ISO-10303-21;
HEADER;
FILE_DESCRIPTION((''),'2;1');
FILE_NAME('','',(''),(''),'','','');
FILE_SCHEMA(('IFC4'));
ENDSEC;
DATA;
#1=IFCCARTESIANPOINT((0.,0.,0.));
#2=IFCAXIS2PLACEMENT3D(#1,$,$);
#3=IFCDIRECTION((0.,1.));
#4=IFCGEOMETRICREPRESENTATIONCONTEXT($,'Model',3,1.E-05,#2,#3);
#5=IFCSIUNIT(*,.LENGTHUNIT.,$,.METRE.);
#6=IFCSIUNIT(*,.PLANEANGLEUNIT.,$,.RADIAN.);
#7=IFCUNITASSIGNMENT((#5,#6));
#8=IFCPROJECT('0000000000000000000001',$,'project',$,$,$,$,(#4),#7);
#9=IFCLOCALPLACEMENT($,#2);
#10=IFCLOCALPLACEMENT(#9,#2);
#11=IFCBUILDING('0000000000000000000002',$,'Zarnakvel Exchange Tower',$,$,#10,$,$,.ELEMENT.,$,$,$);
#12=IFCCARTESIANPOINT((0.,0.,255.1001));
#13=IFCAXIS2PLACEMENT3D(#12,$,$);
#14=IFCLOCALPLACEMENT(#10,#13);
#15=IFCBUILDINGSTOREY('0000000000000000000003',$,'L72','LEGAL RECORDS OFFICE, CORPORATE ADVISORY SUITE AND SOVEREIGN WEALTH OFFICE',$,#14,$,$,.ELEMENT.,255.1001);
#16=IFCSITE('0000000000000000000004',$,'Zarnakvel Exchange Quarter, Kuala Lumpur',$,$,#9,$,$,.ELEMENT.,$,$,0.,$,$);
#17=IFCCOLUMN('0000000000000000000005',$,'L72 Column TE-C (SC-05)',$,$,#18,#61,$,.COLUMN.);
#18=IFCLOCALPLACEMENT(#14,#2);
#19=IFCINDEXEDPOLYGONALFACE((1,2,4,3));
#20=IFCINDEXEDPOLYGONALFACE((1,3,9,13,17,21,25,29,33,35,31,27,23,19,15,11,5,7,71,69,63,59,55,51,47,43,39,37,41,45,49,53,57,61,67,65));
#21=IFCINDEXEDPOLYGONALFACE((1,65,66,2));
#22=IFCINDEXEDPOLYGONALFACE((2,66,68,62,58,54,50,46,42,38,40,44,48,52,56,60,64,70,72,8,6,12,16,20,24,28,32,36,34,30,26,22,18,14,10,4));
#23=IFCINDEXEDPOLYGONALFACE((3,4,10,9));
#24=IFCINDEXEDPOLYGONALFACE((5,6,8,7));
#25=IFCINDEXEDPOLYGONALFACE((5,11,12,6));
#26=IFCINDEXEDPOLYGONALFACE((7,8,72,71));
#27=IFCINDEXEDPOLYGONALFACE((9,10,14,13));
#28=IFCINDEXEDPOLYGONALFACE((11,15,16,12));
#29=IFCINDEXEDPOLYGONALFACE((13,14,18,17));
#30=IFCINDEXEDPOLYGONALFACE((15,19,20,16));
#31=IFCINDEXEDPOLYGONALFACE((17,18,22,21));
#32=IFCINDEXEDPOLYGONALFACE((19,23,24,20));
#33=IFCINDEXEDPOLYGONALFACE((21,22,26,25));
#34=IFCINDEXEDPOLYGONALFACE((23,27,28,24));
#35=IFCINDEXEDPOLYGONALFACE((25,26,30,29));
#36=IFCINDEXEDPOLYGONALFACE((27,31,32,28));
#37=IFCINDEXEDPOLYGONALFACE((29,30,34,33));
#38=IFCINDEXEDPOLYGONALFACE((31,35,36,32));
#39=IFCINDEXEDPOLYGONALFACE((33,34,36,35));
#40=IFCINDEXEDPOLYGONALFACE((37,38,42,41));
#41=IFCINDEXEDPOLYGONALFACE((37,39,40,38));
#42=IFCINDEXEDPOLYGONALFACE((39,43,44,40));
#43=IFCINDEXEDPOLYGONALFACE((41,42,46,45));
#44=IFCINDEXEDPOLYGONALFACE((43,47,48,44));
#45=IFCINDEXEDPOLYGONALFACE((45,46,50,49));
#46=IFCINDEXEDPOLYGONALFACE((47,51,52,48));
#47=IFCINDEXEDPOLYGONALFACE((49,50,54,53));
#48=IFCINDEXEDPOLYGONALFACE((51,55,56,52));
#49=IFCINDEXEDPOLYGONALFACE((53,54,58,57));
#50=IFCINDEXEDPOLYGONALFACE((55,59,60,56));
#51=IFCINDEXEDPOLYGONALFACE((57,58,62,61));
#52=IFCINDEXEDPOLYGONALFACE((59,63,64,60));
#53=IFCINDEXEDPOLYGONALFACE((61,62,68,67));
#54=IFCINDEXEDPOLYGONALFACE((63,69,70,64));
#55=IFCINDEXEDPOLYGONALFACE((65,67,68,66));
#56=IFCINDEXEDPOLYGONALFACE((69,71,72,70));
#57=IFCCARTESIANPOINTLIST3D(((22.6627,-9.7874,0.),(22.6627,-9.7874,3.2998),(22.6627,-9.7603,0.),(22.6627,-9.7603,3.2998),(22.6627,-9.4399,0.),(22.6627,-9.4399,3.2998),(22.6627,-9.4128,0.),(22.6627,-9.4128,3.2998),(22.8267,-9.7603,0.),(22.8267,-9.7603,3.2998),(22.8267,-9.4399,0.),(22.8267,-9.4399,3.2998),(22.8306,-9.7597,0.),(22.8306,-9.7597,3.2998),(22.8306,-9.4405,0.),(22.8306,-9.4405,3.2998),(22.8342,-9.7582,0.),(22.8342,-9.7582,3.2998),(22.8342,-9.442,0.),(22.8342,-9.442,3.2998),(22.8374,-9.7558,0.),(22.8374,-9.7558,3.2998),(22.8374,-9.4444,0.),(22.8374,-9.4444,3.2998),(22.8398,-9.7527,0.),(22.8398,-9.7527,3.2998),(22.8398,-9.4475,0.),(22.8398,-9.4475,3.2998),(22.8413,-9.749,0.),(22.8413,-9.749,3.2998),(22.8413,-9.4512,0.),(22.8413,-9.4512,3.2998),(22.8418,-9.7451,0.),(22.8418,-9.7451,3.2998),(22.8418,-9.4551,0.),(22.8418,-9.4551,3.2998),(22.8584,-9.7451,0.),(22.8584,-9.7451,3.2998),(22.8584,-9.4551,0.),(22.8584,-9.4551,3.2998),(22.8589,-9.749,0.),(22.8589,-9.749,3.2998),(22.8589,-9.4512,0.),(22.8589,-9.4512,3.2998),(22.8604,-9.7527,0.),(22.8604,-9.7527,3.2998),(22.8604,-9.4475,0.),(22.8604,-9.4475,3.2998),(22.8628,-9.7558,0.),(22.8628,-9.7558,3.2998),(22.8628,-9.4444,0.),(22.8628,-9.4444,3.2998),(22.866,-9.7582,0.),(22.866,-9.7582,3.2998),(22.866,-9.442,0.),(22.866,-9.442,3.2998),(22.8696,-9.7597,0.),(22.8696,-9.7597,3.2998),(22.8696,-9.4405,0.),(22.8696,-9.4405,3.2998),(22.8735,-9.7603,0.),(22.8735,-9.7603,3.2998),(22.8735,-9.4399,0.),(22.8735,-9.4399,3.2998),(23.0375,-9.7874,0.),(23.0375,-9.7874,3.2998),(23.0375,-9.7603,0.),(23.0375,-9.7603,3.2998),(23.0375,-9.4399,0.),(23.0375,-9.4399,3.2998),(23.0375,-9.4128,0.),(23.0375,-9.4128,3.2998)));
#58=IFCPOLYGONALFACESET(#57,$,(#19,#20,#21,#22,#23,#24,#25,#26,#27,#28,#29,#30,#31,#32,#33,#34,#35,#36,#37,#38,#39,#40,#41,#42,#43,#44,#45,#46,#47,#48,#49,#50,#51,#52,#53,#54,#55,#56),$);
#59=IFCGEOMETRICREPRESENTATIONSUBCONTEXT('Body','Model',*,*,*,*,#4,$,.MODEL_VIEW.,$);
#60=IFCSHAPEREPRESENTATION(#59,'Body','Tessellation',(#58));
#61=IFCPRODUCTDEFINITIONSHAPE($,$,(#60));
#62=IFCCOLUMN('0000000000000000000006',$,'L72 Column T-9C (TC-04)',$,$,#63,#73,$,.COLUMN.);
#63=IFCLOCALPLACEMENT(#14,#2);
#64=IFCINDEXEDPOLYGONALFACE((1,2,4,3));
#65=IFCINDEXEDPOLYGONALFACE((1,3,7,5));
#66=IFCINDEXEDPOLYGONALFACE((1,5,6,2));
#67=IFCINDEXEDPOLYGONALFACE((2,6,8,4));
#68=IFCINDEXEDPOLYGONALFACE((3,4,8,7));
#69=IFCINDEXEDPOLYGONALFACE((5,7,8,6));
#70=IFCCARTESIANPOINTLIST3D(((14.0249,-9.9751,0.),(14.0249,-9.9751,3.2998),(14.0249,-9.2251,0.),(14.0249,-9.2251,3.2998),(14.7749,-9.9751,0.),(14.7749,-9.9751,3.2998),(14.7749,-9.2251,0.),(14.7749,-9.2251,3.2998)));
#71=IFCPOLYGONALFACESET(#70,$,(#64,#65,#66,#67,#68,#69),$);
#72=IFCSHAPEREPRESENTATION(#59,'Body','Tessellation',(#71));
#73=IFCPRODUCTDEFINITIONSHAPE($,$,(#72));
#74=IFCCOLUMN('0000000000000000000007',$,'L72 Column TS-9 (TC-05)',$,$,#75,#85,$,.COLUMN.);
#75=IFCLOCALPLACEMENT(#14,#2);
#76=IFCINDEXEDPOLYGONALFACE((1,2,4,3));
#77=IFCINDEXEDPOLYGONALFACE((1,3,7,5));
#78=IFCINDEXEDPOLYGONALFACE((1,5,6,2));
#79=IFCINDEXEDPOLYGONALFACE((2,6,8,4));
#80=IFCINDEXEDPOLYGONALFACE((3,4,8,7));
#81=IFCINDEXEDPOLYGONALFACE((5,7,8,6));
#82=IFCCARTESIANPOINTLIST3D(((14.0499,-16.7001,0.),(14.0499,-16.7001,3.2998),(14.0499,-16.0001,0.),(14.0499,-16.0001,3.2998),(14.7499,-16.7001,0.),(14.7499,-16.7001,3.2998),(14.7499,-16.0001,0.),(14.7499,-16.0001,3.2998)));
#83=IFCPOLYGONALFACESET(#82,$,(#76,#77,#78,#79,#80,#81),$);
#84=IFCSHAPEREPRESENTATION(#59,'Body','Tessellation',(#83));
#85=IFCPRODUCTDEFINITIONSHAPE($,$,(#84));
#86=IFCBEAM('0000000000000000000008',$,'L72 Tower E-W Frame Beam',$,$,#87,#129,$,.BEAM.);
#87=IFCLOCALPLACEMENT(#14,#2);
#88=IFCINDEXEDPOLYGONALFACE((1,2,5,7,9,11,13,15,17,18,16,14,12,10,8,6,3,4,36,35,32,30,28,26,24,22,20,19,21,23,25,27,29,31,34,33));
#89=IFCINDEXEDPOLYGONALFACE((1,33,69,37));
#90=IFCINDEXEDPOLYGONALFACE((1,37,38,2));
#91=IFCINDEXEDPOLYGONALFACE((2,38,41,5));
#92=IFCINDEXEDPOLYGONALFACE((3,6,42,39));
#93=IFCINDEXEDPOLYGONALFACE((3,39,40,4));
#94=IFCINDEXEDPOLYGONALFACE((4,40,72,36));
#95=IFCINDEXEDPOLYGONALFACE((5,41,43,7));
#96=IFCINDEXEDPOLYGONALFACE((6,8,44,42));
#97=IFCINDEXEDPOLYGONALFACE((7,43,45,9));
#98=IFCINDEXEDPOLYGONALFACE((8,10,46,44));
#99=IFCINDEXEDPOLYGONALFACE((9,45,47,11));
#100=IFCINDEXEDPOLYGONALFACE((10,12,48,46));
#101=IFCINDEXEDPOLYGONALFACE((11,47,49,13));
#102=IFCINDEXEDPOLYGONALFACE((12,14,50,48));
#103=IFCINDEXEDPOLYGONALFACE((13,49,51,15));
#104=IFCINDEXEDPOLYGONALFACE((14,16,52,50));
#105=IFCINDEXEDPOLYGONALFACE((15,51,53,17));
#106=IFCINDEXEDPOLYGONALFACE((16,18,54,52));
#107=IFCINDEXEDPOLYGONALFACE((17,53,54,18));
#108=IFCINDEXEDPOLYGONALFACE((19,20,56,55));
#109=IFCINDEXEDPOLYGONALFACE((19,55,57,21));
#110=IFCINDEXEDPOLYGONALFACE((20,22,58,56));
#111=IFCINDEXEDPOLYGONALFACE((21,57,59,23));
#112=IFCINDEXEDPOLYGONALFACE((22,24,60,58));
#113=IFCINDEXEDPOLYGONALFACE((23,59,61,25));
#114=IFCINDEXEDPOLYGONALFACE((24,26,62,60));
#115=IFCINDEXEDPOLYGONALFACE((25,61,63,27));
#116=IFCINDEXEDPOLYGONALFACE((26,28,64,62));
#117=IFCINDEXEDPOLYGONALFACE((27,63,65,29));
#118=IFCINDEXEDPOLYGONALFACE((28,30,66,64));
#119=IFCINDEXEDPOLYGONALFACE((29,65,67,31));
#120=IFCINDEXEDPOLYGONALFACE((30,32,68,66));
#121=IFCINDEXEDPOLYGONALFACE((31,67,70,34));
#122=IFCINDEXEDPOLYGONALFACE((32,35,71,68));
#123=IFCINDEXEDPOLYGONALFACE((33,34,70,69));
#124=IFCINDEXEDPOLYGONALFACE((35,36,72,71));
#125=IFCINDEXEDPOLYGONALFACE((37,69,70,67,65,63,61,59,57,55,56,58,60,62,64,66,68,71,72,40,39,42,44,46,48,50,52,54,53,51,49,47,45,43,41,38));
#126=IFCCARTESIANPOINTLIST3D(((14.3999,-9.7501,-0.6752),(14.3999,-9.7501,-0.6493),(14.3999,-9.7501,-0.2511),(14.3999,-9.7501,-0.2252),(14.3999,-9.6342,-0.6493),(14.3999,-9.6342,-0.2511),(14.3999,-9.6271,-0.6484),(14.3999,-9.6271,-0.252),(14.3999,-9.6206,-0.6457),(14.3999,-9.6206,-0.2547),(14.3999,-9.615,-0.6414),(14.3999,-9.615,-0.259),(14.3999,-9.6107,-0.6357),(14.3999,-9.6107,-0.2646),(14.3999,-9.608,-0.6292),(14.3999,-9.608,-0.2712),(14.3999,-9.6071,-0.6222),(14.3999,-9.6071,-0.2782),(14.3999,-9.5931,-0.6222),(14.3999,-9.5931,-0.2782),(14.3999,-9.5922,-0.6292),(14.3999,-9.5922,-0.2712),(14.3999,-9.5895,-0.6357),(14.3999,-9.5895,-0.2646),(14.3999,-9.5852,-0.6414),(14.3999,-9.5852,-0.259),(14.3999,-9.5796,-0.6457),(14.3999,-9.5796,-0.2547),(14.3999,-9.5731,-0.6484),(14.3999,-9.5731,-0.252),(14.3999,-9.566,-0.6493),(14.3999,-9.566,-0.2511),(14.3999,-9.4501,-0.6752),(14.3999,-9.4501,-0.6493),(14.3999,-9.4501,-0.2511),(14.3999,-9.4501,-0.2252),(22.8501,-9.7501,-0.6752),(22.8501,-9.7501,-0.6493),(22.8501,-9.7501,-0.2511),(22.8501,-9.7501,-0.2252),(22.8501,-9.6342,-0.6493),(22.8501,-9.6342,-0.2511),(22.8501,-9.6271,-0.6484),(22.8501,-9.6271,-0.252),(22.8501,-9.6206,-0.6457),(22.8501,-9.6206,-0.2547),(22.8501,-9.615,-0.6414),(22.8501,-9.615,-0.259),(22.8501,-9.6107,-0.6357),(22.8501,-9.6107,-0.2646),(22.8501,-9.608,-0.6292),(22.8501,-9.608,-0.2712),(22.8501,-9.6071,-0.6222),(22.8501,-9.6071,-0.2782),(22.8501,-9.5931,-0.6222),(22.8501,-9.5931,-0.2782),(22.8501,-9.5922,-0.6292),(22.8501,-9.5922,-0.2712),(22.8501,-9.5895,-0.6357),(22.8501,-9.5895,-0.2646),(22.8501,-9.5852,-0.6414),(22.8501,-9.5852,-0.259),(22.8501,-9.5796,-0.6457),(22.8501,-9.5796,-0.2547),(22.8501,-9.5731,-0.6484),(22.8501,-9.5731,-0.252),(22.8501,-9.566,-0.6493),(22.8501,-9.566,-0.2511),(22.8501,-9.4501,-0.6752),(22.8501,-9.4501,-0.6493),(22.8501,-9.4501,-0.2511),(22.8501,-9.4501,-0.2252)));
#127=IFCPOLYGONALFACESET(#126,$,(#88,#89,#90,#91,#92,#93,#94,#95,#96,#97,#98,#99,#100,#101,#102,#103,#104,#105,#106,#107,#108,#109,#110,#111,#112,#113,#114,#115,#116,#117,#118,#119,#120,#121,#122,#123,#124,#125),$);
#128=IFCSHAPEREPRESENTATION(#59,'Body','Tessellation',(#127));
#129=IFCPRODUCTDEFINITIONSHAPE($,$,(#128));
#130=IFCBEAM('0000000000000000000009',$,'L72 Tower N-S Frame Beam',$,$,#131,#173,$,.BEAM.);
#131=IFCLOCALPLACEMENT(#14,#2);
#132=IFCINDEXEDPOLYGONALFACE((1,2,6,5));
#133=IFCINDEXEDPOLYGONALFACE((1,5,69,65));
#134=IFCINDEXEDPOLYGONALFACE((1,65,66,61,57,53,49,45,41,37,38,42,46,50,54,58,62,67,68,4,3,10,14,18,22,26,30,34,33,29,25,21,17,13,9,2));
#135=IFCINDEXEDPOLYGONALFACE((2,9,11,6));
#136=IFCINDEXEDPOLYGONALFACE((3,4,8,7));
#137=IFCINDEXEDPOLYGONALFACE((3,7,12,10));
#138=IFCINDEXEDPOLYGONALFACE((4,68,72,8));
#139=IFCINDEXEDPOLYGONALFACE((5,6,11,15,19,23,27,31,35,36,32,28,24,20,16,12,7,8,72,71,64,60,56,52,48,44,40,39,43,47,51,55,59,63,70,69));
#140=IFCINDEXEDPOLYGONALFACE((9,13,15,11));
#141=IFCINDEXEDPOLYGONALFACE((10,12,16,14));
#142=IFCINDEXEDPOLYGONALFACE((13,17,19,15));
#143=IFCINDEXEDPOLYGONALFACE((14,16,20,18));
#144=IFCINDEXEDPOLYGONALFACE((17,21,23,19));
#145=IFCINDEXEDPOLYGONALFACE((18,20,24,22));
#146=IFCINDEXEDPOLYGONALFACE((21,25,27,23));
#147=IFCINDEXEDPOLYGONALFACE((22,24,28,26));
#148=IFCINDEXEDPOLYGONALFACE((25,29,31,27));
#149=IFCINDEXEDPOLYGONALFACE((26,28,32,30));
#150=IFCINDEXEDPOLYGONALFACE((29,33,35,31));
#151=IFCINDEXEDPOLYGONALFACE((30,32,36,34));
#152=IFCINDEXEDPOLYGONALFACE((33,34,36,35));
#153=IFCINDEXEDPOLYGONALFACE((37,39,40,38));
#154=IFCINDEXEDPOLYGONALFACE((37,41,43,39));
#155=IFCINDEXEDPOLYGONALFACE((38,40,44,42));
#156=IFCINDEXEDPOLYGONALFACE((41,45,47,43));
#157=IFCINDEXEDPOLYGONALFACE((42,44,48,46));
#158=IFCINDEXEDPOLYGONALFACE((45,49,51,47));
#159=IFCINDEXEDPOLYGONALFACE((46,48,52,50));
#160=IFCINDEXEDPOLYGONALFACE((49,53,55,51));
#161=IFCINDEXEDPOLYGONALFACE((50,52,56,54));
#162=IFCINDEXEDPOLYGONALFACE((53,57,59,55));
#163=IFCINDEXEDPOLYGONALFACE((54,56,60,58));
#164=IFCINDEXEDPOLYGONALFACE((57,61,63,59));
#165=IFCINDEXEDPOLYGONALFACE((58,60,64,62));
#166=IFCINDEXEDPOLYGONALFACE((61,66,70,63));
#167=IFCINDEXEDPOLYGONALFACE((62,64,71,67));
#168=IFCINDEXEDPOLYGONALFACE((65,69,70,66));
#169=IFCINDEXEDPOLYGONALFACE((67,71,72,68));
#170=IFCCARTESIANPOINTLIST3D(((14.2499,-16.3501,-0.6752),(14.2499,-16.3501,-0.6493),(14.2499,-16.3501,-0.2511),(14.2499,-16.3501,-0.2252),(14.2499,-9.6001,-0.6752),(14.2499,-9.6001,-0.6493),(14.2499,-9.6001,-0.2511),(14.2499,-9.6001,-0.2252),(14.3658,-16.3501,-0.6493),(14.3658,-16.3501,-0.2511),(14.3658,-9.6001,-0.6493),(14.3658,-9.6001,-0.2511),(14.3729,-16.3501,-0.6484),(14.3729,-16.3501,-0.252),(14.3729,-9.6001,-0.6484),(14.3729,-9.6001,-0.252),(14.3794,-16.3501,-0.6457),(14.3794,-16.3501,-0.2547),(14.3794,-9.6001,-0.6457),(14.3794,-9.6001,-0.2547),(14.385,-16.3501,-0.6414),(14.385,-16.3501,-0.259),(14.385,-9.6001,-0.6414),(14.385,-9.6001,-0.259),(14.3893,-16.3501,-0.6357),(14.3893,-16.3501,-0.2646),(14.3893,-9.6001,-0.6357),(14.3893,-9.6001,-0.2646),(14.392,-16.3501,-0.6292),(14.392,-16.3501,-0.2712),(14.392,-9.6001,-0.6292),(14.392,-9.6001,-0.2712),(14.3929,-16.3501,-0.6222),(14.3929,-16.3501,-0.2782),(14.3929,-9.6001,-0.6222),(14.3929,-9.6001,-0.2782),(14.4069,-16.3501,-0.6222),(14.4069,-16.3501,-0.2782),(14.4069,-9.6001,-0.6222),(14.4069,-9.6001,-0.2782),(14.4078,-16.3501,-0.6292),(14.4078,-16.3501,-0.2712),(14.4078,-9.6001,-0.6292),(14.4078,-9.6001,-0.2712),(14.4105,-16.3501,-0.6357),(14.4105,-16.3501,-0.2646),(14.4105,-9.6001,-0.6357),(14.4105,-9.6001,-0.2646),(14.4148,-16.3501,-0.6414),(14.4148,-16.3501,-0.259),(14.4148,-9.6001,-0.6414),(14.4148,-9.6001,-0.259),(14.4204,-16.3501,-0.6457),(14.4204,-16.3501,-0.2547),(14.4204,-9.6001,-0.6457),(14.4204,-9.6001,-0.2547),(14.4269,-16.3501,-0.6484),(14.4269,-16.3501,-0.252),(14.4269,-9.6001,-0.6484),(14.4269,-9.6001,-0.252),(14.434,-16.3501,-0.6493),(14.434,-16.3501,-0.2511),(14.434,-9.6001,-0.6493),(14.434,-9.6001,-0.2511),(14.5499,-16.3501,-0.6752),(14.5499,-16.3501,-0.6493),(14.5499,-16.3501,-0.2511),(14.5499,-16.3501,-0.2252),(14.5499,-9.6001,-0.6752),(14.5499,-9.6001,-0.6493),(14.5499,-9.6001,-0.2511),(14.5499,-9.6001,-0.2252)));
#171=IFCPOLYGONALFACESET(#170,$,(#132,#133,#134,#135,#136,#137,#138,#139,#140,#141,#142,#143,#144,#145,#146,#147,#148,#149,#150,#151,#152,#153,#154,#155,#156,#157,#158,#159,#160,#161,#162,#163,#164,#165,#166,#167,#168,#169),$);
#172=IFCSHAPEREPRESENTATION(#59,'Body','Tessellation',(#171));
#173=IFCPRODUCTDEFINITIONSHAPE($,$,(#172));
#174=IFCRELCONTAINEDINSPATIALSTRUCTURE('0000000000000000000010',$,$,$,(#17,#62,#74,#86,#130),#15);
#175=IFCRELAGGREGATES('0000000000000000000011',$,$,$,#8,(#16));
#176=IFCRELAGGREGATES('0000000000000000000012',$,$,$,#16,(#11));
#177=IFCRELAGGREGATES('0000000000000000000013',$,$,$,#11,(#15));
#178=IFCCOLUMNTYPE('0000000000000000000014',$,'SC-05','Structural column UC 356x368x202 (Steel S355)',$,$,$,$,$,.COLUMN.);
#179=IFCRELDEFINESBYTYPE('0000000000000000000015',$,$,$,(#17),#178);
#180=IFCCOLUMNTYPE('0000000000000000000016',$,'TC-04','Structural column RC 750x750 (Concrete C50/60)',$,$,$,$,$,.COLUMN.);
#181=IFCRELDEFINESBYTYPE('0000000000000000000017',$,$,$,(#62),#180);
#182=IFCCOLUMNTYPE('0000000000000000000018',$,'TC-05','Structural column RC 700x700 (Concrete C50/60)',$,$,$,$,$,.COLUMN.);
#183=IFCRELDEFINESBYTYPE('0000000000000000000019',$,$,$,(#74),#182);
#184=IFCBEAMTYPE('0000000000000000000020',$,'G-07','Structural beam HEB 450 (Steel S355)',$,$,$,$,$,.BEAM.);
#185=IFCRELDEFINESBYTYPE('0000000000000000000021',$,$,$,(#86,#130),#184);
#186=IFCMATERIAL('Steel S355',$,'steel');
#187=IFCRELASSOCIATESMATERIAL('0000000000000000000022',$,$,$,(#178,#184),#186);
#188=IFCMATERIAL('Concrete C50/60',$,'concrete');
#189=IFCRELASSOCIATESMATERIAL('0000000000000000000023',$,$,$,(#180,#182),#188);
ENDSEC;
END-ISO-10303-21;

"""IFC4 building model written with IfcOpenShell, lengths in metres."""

from ifc_helpers import new_model, si_unit, direction, frame, origin, origin_2d, place, context, subcontext, project, spatial, rectangle, i_section, extrude, material, material_profile, profile_set, type_object, element, save


model = new_model("IFC4")

# Units and contexts
model_context = context("Model", 3, precision=1e-05, world=origin(), true_north=direction((0.0, 1.0)))
body_context = subcontext(model_context, "Body", "Model", "MODEL_VIEW")
ifc_project = project(units=[si_unit("LENGTHUNIT", "METRE"), si_unit("PLANEANGLEUNIT", "RADIAN")], contexts=[model_context])

# Site, building, storey
site_placement = place(None, origin())
site = spatial("IfcSite", under=ifc_project, at=site_placement, Name="Zarnakvel Exchange Quarter, Kuala Lumpur", CompositionType="ELEMENT", RefElevation=0.0)
building_placement = place(site_placement, origin())
building = spatial("IfcBuilding", under=site, at=building_placement, Name="Zarnakvel Exchange Tower", CompositionType="ELEMENT")
storey_placement = place(building_placement, frame((0.0, 0.0, 255.1001)))
storey = spatial("IfcBuildingStorey", under=building, at=storey_placement, Name="L72", Description="LEGAL RECORDS OFFICE, CORPORATE ADVISORY SUITE AND SOVEREIGN WEALTH OFFICE", CompositionType="ELEMENT", Elevation=255.1001)

# Columns
ifc_material_1 = material(Name="Steel S355", Category="steel")
ifc_material_profile_1 = material_profile(ifc_material_1, i_section(OverallWidth=0.3748, OverallDepth=0.3745, WebThickness=0.0166, FlangeThickness=0.0271, FilletRadius=0.0151, at=origin_2d()))
ifc_profile_set_1 = profile_set([ifc_material_profile_1], Name="Steel S355")
column_type_1 = type_object("IfcColumnType", Name="SC-05", Description="Structural column UC 356x368x202 (Steel S355)", PredefinedType="COLUMN", material=ifc_profile_set_1)
column_1_placement = place(storey_placement, frame((22.8501, -9.6001, 0.0), z_axis=(0.0, 0.0, 1.0), x_axis=(1.0, 0.0, 0.0)))
element("IfcColumn", 1, at=column_1_placement, inside=storey, type_object=column_type_1, Name="L72 Column TE-C (SC-05)", PredefinedType="COLUMN", context=body_context, shape_type="SweptSolid", body=[
    extrude(i_section(OverallWidth=0.3748, OverallDepth=0.3745, WebThickness=0.0166, FlangeThickness=0.0271, FilletRadius=0.0151, at=origin_2d()), origin(), (0.0, 0.0, 1.0), 3.2998),
])
ifc_material_2 = material(Name="Concrete C50/60", Category="concrete")
ifc_material_profile_2 = material_profile(ifc_material_2, rectangle(XDim=0.75, YDim=0.75, at=origin_2d()))
ifc_profile_set_2 = profile_set([ifc_material_profile_2], Name="Concrete C50/60")
column_type_2 = type_object("IfcColumnType", Name="TC-04", Description="Structural column RC 750x750 (Concrete C50/60)", PredefinedType="COLUMN", material=ifc_profile_set_2)
column_2_placement = place(storey_placement, frame((14.3999, -9.6001, 0.0), z_axis=(0.0, 0.0, 1.0), x_axis=(1.0, 0.0, 0.0)))
element("IfcColumn", 2, at=column_2_placement, inside=storey, type_object=column_type_2, Name="L72 Column T-9C (TC-04)", PredefinedType="COLUMN", context=body_context, shape_type="SweptSolid", body=[
    extrude(rectangle(XDim=0.75, YDim=0.75, at=origin_2d()), origin(), (0.0, 0.0, 1.0), 3.2998),
])
ifc_material_profile_3 = material_profile(ifc_material_2, rectangle(XDim=0.7, YDim=0.7, at=origin_2d()))
ifc_profile_set_3 = profile_set([ifc_material_profile_3], Name="Concrete C50/60")
column_type_3 = type_object("IfcColumnType", Name="TC-05", Description="Structural column RC 700x700 (Concrete C50/60)", PredefinedType="COLUMN", material=ifc_profile_set_3)
column_3_placement = place(storey_placement, frame((14.3999, -16.3501, 0.0), z_axis=(0.0, 0.0, 1.0), x_axis=(1.0, 0.0, 0.0)))
element("IfcColumn", 3, at=column_3_placement, inside=storey, type_object=column_type_3, Name="L72 Column TS-9 (TC-05)", PredefinedType="COLUMN", context=body_context, shape_type="SweptSolid", body=[
    extrude(rectangle(XDim=0.7, YDim=0.7, at=origin_2d()), origin(), (0.0, 0.0, 1.0), 3.2998),
])

# Beams
ifc_material_profile_4 = material_profile(ifc_material_1, i_section(OverallWidth=0.3, OverallDepth=0.45, WebThickness=0.0139, FlangeThickness=0.0259, FilletRadius=0.0271, at=origin_2d()))
ifc_profile_set_4 = profile_set([ifc_material_profile_4], Name="Steel S355")
beam_type_1 = type_object("IfcBeamType", Name="G-07", Description="Structural beam HEB 450 (Steel S355)", PredefinedType="BEAM", material=ifc_profile_set_4)
beam_1_placement = place(storey_placement, frame((14.3999, -9.6001, -0.4502), z_axis=(1.0, 0.0, 0.0), x_axis=(0.0, 1.0, 0.0)))
element("IfcBeam", 4, at=beam_1_placement, inside=storey, type_object=beam_type_1, Name="L72 Tower E-W Frame Beam", PredefinedType="BEAM", context=body_context, shape_type="SweptSolid", body=[
    extrude(i_section(OverallWidth=0.3, OverallDepth=0.45, WebThickness=0.0139, FlangeThickness=0.0259, FilletRadius=0.0271, at=origin_2d()), origin(), (0.0, 0.0, 1.0), 8.4502),
])
beam_2_placement = place(storey_placement, frame((14.3999, -16.3501, -0.4502), z_axis=(0.0, 1.0, 0.0), x_axis=(-1.0, 0.0, 0.0)))
element("IfcBeam", 5, at=beam_2_placement, inside=storey, type_object=beam_type_1, Name="L72 Tower N-S Frame Beam", PredefinedType="BEAM", context=body_context, shape_type="SweptSolid", body=[
    extrude(i_section(OverallWidth=0.3, OverallDepth=0.45, WebThickness=0.0139, FlangeThickness=0.0259, FilletRadius=0.0271, at=origin_2d()), origin(), (0.0, 0.0, 1.0), 6.75),
])

save(model, "model.ifc")
